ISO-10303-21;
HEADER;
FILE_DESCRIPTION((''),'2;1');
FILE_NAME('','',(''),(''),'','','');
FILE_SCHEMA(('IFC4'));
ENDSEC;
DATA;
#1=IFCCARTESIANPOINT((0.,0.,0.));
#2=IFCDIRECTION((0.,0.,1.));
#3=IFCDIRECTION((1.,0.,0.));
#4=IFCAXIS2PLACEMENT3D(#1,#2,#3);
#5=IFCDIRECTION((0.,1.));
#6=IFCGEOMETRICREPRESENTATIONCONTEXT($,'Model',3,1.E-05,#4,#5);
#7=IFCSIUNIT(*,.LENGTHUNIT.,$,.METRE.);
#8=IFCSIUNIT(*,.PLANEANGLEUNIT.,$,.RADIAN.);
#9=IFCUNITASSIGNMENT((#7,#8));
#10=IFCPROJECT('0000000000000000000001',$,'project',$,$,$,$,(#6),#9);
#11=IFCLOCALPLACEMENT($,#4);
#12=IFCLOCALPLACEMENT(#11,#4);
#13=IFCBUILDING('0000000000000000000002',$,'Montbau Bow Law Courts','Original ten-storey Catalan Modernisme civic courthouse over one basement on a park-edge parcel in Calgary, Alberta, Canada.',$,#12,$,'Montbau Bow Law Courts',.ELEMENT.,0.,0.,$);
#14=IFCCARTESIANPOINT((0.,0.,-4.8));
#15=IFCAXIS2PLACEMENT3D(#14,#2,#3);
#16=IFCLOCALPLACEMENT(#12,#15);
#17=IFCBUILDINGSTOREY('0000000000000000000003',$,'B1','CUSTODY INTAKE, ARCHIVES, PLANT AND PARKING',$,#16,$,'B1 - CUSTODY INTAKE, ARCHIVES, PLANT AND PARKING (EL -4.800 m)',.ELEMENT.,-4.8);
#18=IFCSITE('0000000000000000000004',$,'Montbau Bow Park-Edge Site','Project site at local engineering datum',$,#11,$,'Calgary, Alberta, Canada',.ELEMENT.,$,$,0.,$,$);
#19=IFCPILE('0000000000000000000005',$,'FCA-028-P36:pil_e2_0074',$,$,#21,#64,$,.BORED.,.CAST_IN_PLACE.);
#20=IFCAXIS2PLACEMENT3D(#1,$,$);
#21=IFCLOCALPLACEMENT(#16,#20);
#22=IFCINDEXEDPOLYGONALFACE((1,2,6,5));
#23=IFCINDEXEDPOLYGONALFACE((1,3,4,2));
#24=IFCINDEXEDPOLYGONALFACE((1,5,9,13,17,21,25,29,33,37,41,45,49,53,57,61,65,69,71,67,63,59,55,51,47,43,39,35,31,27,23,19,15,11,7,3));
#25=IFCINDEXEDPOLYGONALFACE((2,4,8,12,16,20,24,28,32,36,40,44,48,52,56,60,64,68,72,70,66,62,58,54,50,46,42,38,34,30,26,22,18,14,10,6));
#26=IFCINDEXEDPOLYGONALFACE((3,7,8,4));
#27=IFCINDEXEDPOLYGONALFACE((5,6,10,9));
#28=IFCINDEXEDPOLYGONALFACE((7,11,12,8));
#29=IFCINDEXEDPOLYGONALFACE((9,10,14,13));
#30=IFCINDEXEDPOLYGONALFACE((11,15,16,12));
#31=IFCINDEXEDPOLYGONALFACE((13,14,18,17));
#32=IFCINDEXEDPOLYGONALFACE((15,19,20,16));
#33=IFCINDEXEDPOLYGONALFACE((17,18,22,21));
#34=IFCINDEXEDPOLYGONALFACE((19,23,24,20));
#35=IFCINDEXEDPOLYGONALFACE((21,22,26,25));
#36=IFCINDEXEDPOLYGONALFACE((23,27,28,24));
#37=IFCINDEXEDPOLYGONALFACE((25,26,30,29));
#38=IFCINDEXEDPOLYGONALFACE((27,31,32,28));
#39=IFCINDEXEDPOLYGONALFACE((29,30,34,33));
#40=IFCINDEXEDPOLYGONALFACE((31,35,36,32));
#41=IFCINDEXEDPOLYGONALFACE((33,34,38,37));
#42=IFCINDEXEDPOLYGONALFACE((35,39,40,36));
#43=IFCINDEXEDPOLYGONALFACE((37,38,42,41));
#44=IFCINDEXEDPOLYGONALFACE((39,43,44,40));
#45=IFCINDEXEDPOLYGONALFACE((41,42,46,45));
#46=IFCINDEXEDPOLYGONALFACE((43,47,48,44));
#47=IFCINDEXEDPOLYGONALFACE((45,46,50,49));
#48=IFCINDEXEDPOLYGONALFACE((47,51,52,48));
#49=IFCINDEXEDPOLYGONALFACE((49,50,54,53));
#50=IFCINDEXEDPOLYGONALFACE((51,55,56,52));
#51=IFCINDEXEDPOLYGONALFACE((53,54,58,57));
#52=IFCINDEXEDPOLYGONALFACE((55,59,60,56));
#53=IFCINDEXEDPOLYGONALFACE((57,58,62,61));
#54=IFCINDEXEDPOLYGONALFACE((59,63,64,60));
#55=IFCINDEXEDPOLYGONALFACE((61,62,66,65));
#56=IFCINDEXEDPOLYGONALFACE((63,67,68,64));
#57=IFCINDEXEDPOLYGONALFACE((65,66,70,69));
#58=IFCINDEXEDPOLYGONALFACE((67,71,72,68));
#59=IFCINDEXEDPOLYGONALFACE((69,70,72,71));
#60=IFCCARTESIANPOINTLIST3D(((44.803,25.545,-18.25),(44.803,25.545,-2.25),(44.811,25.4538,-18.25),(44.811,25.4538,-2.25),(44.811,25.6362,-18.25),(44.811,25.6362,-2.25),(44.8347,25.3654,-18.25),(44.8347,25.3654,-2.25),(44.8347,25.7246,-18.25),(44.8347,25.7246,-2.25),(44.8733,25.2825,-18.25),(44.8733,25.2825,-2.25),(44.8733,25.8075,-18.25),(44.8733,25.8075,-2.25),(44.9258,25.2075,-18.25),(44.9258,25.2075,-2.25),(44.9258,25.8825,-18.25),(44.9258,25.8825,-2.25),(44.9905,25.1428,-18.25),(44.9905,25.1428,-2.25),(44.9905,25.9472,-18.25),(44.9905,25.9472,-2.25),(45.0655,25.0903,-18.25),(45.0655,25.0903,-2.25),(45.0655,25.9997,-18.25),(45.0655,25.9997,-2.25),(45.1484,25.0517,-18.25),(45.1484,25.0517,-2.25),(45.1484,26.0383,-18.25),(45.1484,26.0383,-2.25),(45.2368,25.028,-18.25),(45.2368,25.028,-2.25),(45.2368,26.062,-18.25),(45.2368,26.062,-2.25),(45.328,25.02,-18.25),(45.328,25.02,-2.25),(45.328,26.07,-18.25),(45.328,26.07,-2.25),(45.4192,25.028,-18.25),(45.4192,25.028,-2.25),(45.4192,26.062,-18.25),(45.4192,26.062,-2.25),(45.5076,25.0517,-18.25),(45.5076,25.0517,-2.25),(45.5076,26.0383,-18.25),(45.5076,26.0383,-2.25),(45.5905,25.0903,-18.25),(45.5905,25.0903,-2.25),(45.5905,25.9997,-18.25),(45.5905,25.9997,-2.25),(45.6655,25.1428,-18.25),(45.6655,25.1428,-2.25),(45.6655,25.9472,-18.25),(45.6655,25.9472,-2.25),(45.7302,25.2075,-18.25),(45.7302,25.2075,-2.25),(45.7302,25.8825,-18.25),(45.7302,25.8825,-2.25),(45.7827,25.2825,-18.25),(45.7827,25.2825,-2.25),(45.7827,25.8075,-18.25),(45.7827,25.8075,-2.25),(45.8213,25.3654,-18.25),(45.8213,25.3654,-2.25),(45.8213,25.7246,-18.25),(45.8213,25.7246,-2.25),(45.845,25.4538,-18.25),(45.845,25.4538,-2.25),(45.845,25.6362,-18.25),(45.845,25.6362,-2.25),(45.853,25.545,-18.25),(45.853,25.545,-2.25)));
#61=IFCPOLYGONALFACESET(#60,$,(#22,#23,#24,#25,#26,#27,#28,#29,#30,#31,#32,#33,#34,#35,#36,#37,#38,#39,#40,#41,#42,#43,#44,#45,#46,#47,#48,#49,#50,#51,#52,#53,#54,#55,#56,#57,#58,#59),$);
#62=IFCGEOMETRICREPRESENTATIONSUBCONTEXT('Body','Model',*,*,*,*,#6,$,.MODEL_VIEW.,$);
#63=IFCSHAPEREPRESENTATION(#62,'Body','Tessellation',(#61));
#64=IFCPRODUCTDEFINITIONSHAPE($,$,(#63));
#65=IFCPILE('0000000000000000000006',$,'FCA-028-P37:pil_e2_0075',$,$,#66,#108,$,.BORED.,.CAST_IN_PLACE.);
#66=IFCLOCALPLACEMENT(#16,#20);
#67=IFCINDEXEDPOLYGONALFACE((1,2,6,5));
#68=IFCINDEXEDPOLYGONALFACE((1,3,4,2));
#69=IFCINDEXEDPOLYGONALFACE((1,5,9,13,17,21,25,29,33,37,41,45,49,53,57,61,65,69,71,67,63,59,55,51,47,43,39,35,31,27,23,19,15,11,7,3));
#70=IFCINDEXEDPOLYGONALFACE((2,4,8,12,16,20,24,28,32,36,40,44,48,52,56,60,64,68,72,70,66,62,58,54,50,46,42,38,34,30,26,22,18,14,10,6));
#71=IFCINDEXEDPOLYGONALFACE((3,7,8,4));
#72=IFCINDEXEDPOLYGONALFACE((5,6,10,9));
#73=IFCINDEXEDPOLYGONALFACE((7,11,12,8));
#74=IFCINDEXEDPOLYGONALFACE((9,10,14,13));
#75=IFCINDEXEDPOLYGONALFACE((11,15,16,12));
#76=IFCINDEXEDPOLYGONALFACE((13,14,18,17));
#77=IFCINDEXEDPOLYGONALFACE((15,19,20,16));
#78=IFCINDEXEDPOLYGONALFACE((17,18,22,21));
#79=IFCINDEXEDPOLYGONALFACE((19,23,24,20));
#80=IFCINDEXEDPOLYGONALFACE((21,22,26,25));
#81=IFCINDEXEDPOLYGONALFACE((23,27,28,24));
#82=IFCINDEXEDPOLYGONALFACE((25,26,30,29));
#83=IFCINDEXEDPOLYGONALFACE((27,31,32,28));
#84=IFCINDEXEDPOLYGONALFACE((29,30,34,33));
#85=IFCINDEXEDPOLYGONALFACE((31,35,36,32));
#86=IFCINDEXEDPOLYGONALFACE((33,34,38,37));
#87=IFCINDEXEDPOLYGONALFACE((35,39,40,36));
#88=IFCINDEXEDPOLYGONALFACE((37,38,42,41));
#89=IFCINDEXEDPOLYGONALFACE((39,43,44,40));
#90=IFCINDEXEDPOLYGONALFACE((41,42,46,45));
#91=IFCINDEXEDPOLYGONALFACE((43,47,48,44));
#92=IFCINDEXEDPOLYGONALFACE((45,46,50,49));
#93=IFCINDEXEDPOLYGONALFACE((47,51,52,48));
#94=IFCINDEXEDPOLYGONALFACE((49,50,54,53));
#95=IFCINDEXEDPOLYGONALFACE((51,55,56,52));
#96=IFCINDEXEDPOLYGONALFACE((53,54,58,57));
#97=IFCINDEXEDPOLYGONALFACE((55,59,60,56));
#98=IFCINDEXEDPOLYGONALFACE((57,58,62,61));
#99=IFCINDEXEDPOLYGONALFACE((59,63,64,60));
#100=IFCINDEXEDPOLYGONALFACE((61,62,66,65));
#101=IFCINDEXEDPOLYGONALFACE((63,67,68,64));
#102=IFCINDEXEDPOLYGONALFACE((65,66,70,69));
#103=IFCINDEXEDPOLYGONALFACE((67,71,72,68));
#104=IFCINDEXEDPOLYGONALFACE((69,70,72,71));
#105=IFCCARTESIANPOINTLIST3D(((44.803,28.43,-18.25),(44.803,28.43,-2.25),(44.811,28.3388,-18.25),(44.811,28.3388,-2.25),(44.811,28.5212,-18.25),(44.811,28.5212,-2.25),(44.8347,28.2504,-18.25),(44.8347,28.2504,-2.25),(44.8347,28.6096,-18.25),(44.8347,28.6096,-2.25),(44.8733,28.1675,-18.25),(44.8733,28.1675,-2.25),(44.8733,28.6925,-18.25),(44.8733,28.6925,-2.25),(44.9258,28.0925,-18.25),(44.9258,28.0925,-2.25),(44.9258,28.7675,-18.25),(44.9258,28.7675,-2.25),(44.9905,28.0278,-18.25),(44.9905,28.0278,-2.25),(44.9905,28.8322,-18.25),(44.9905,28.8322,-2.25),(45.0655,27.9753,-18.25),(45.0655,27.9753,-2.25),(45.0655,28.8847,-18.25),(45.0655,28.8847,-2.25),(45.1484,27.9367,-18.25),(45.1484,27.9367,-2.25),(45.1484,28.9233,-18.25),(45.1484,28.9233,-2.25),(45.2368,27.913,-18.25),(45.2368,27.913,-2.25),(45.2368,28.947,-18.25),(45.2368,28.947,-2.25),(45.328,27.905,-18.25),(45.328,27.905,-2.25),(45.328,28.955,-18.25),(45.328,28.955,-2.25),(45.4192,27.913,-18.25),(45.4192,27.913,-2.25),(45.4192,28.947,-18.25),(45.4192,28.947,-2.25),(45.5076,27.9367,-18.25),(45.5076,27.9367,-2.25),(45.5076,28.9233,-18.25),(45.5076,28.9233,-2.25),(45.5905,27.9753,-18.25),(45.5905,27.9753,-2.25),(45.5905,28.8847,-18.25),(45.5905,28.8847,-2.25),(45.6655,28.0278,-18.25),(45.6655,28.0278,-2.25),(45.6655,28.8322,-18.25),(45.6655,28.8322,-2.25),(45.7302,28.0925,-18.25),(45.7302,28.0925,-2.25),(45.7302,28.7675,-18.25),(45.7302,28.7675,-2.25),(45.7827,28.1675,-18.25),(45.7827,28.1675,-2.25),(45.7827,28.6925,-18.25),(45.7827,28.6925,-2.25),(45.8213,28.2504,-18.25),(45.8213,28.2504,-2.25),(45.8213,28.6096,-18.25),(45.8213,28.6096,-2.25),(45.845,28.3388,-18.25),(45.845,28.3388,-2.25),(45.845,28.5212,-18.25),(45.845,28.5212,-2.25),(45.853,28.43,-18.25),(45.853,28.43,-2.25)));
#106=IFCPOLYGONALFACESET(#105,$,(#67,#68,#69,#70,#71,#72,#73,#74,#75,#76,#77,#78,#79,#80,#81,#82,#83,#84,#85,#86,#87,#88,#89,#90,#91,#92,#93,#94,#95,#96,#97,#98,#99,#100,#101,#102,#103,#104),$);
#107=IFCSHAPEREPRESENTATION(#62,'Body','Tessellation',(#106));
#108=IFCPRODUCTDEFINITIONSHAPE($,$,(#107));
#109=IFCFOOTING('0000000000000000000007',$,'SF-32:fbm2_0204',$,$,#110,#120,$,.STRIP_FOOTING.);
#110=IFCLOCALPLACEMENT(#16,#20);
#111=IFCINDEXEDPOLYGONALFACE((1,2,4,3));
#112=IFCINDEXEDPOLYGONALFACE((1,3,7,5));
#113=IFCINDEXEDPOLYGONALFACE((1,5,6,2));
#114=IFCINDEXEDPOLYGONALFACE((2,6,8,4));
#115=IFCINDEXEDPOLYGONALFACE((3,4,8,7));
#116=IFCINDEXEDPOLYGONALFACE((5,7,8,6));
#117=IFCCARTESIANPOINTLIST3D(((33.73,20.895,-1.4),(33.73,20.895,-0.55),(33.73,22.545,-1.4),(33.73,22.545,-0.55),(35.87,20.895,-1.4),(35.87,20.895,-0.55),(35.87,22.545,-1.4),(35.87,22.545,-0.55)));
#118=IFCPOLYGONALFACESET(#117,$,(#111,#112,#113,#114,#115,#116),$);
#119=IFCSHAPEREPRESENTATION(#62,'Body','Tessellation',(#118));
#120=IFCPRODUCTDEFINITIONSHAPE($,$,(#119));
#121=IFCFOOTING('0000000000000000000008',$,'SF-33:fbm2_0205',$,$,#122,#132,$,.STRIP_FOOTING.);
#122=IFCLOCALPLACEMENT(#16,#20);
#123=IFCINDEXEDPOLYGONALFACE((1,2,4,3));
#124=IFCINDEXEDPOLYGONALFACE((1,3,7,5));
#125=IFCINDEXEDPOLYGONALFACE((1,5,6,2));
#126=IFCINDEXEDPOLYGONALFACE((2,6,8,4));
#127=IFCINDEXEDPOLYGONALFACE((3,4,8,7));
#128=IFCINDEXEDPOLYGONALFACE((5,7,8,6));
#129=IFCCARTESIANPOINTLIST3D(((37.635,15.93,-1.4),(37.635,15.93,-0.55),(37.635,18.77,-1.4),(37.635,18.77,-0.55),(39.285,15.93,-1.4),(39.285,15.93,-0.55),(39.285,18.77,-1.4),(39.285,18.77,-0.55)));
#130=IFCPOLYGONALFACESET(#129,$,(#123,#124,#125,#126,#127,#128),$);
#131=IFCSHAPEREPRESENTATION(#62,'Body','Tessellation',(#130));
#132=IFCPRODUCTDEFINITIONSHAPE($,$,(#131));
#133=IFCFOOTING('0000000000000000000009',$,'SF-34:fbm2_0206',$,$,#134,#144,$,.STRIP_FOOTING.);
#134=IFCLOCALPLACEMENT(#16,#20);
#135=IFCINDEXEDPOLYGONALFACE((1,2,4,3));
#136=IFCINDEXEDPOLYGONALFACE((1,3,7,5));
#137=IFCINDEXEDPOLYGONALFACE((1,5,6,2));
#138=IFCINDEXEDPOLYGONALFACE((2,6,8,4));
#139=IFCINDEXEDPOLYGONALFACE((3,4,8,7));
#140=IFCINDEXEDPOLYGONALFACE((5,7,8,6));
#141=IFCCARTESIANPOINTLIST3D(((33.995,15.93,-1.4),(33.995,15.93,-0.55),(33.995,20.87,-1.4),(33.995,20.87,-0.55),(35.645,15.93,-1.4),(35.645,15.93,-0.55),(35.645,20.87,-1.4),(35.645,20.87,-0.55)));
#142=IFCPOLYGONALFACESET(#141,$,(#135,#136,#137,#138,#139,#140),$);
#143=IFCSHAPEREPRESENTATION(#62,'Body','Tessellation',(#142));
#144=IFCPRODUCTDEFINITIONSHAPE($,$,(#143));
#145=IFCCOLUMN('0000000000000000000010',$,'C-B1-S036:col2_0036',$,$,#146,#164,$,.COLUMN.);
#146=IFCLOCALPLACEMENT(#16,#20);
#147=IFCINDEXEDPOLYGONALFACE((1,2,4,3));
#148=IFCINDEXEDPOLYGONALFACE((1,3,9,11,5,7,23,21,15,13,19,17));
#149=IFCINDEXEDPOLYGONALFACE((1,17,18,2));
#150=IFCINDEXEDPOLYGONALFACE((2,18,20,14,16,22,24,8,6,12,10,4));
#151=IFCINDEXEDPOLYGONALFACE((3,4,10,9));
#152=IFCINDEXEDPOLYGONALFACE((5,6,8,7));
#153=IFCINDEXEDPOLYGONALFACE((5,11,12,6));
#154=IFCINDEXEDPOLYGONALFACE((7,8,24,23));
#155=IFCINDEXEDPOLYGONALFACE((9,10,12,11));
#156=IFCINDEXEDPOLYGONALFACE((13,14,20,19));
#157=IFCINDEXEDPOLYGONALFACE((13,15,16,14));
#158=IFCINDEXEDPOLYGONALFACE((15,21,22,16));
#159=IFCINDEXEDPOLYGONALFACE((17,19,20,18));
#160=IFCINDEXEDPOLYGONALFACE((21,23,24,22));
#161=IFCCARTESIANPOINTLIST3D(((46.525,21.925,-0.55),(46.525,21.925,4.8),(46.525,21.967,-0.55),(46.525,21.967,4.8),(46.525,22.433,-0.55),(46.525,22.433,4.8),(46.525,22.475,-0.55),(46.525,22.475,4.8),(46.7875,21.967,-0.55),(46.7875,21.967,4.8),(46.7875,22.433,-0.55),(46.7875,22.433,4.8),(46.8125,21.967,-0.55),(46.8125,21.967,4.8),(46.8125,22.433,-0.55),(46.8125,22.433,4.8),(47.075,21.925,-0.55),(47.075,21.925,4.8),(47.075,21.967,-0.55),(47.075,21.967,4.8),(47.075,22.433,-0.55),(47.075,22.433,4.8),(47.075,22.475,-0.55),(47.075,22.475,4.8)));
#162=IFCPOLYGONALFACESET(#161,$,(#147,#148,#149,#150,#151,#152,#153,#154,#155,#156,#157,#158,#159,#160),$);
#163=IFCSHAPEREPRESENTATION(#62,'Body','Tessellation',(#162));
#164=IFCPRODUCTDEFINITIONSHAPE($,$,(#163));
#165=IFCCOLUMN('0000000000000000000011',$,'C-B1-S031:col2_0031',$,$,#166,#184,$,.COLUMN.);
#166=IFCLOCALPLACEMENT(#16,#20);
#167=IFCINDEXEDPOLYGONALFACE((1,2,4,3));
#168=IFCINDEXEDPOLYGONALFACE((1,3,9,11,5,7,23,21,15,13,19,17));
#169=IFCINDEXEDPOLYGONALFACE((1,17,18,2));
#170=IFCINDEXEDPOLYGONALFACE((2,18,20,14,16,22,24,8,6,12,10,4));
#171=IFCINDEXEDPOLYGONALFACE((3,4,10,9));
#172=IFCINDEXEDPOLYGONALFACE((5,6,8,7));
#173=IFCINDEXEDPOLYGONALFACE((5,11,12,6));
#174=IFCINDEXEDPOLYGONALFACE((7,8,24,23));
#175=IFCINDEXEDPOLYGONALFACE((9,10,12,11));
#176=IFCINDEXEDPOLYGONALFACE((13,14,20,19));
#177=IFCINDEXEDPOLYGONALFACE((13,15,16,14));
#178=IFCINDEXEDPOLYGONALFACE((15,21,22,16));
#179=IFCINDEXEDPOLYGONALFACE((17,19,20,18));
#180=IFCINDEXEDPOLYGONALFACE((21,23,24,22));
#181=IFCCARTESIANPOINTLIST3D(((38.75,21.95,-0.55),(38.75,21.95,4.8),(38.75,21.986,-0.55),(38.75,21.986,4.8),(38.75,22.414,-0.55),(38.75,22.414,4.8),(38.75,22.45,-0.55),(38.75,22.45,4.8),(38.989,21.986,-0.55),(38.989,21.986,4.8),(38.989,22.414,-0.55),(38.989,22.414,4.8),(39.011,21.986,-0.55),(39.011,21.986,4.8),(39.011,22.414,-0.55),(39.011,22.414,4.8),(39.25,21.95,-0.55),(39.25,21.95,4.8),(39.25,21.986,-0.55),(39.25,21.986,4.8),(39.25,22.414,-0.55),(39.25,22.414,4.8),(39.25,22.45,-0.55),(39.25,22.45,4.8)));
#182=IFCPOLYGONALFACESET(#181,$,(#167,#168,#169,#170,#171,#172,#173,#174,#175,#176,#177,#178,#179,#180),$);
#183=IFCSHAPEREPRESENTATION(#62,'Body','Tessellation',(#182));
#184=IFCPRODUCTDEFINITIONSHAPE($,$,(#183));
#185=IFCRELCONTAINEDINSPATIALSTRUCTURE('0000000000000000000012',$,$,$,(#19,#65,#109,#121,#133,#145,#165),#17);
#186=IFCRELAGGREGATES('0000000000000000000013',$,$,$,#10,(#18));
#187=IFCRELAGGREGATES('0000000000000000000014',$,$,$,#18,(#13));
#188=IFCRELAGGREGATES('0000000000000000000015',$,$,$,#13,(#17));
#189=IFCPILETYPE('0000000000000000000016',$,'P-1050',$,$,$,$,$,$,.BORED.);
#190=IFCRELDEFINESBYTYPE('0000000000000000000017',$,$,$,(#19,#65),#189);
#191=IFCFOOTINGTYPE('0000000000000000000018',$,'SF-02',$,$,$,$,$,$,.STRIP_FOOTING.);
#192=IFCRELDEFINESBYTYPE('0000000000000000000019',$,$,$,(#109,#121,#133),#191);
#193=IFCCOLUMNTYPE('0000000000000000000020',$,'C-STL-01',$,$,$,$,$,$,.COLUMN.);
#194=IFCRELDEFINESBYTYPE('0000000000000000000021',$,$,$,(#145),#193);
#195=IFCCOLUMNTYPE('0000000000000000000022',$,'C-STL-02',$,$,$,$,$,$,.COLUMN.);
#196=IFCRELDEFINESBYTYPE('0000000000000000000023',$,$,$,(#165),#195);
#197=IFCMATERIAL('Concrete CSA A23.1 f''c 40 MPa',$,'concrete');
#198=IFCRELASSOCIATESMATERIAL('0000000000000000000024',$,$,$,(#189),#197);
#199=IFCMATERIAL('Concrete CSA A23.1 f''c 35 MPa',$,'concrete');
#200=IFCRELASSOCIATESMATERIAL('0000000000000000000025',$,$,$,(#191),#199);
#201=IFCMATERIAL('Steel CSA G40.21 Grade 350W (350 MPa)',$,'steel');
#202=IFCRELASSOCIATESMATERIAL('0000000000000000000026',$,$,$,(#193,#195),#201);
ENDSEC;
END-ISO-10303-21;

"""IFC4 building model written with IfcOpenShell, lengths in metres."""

from ifc_helpers import new_model, si_unit, direction, frame, origin_with_axes, origin_2d_with_axis, place, context, subcontext, project, spatial, rectangle, circle, i_section, extrude, material, material_profile, profile_set, type_object, element, save


model = new_model("IFC4")

# Units and contexts
model_context = context("Model", 3, precision=1e-05, world=origin_with_axes(), true_north=direction((0.0, 1.0)))
body_context = subcontext(model_context, "Body", "Model", "MODEL_VIEW")
ifc_project = project(units=[si_unit("LENGTHUNIT", "METRE"), si_unit("PLANEANGLEUNIT", "RADIAN")], contexts=[model_context])

# Site, building, storey
site_placement = place(None, origin_with_axes())
site = spatial("IfcSite", under=ifc_project, at=site_placement, Name="Montbau Bow Park-Edge Site", Description="Project site at local engineering datum", LongName="Calgary, Alberta, Canada", CompositionType="ELEMENT", RefElevation=0.0)
building_placement = place(site_placement, origin_with_axes())
building = spatial("IfcBuilding", under=site, at=building_placement, Name="Montbau Bow Law Courts", Description="Original ten-storey Catalan Modernisme civic courthouse over one basement on a park-edge parcel in Calgary, Alberta, Canada.", LongName="Montbau Bow Law Courts", CompositionType="ELEMENT", ElevationOfRefHeight=0.0, ElevationOfTerrain=0.0)
storey_placement = place(building_placement, frame((0.0, 0.0, -4.8), z_axis=(0.0, 0.0, 1.0), x_axis=(1.0, 0.0, 0.0)))
storey = spatial("IfcBuildingStorey", under=building, at=storey_placement, Name="B1", Description="CUSTODY INTAKE, ARCHIVES, PLANT AND PARKING", LongName="B1 - CUSTODY INTAKE, ARCHIVES, PLANT AND PARKING (EL -4.800 m)", CompositionType="ELEMENT", Elevation=-4.8)

# Piles
ifc_material_1 = material(Name="Concrete CSA A23.1 f'c 40 MPa", Category="concrete")
ifc_material_profile_1 = material_profile(ifc_material_1, circle(Radius=0.525, at=origin_2d_with_axis()), Name="BP1050", Category="Main", Priority=0)
ifc_profile_set_1 = profile_set([ifc_material_profile_1], Name="Concrete CSA A23.1 f'c 40 MPa")
pile_type = type_object("IfcPileType", Name="P-1050", PredefinedType="BORED", material=ifc_profile_set_1)
for number, where, z_axis, x_axis, name in (
    (1, (45.328, 25.545, -23.05), (0.0, 0.0, 1.0), (1.0, 0.0, 0.0), "FCA-028-P36:pil_e2_0074"),
    (2, (45.328, 28.43, -23.05), (0.0, 0.0, 1.0), (1.0, 0.0, 0.0), "FCA-028-P37:pil_e2_0075"),
):
    element("IfcPile", number, at=place(None, frame(where, z_axis=z_axis, x_axis=x_axis)), inside=storey, type_object=pile_type, Name=name, ConstructionType="CAST_IN_PLACE", PredefinedType="BORED", context=body_context, shape_type="SweptSolid", body=[
        extrude(circle(Radius=0.525, at=origin_2d_with_axis()), origin_with_axes(), (0.0, 0.0, 1.0), 16.0),
    ])

# Footings
ifc_material_2 = material(Name="Concrete CSA A23.1 f'c 35 MPa", Category="concrete")
footing_type = type_object("IfcFootingType", Name="SF-02", PredefinedType="STRIP_FOOTING", material=ifc_material_2)
footing_1_placement = place(None, frame((34.8, 21.72, -6.2), z_axis=(0.0, 0.0, 1.0), x_axis=(1.0, 0.0, 0.0)))
element("IfcFooting", 3, at=footing_1_placement, inside=storey, type_object=footing_type, Name="SF-32:fbm2_0204", PredefinedType="STRIP_FOOTING", context=body_context, shape_type="SweptSolid", body=[
    extrude(rectangle(XDim=2.14, YDim=1.65, at=origin_2d_with_axis()), origin_with_axes(), (0.0, 0.0, 1.0), 0.85),
])
footing_2_placement = place(None, frame((38.46, 17.35, -6.2), z_axis=(0.0, 0.0, 1.0), x_axis=(0.0, 1.0, 0.0)))
element("IfcFooting", 4, at=footing_2_placement, inside=storey, type_object=footing_type, Name="SF-33:fbm2_0205", PredefinedType="STRIP_FOOTING", context=body_context, shape_type="SweptSolid", body=[
    extrude(rectangle(XDim=2.84, YDim=1.65, at=origin_2d_with_axis()), origin_with_axes(), (0.0, 0.0, 1.0), 0.85),
])
footing_3_placement = place(None, frame((34.82, 18.4, -6.2), z_axis=(0.0, 0.0, 1.0), x_axis=(0.0, 1.0, 0.0)))
element("IfcFooting", 5, at=footing_3_placement, inside=storey, type_object=footing_type, Name="SF-34:fbm2_0206", PredefinedType="STRIP_FOOTING", context=body_context, shape_type="SweptSolid", body=[
    extrude(rectangle(XDim=4.94, YDim=1.65, at=origin_2d_with_axis()), origin_with_axes(), (0.0, 0.0, 1.0), 0.85),
])

# Columns
ifc_material_3 = material(Name="Steel CSA G40.21 Grade 350W (350 MPa)", Category="steel")
ifc_material_profile_2 = material_profile(ifc_material_3, i_section(OverallWidth=0.55, OverallDepth=0.55, WebThickness=0.025, FlangeThickness=0.042, at=origin_2d_with_axis()), Name="WWF550X420", Category="Main", Priority=0)
ifc_profile_set_2 = profile_set([ifc_material_profile_2], Name="Steel CSA G40.21 Grade 350W (350 MPa)")
column_type_1 = type_object("IfcColumnType", Name="C-STL-01", PredefinedType="COLUMN", material=ifc_profile_set_2)
column_1_placement = place(None, frame((46.8, 22.2, -5.35), z_axis=(0.0, 0.0, 1.0), x_axis=(1.0, 0.0, 0.0)))
element("IfcColumn", 6, at=column_1_placement, inside=storey, type_object=column_type_1, Name="C-B1-S036:col2_0036", PredefinedType="COLUMN", context=body_context, shape_type="SweptSolid", body=[
    extrude(i_section(OverallWidth=0.55, OverallDepth=0.55, WebThickness=0.025, FlangeThickness=0.042, at=origin_2d_with_axis()), origin_with_axes(), (0.0, 0.0, 1.0), 5.35),
])
ifc_material_profile_3 = material_profile(ifc_material_3, i_section(OverallWidth=0.5, OverallDepth=0.5, WebThickness=0.022, FlangeThickness=0.036, at=origin_2d_with_axis()), Name="WWF500X343", Category="Main", Priority=0)
ifc_profile_set_3 = profile_set([ifc_material_profile_3], Name="Steel CSA G40.21 Grade 350W (350 MPa)")
column_type_2 = type_object("IfcColumnType", Name="C-STL-02", PredefinedType="COLUMN", material=ifc_profile_set_3)
for number, where, z_axis, x_axis, name in (
    (7, (39.0, 22.2, -5.35), (0.0, 0.0, 1.0), (1.0, 0.0, 0.0), "C-B1-S031:col2_0031"),
):
    element("IfcColumn", number, at=place(None, frame(where, z_axis=z_axis, x_axis=x_axis)), inside=storey, type_object=column_type_2, Name=name, PredefinedType="COLUMN", context=body_context, shape_type="SweptSolid", body=[
        extrude(i_section(OverallWidth=0.5, OverallDepth=0.5, WebThickness=0.022, FlangeThickness=0.036, at=origin_2d_with_axis()), origin_with_axes(), (0.0, 0.0, 1.0), 5.35),
    ])

save(model, "model.ifc")
